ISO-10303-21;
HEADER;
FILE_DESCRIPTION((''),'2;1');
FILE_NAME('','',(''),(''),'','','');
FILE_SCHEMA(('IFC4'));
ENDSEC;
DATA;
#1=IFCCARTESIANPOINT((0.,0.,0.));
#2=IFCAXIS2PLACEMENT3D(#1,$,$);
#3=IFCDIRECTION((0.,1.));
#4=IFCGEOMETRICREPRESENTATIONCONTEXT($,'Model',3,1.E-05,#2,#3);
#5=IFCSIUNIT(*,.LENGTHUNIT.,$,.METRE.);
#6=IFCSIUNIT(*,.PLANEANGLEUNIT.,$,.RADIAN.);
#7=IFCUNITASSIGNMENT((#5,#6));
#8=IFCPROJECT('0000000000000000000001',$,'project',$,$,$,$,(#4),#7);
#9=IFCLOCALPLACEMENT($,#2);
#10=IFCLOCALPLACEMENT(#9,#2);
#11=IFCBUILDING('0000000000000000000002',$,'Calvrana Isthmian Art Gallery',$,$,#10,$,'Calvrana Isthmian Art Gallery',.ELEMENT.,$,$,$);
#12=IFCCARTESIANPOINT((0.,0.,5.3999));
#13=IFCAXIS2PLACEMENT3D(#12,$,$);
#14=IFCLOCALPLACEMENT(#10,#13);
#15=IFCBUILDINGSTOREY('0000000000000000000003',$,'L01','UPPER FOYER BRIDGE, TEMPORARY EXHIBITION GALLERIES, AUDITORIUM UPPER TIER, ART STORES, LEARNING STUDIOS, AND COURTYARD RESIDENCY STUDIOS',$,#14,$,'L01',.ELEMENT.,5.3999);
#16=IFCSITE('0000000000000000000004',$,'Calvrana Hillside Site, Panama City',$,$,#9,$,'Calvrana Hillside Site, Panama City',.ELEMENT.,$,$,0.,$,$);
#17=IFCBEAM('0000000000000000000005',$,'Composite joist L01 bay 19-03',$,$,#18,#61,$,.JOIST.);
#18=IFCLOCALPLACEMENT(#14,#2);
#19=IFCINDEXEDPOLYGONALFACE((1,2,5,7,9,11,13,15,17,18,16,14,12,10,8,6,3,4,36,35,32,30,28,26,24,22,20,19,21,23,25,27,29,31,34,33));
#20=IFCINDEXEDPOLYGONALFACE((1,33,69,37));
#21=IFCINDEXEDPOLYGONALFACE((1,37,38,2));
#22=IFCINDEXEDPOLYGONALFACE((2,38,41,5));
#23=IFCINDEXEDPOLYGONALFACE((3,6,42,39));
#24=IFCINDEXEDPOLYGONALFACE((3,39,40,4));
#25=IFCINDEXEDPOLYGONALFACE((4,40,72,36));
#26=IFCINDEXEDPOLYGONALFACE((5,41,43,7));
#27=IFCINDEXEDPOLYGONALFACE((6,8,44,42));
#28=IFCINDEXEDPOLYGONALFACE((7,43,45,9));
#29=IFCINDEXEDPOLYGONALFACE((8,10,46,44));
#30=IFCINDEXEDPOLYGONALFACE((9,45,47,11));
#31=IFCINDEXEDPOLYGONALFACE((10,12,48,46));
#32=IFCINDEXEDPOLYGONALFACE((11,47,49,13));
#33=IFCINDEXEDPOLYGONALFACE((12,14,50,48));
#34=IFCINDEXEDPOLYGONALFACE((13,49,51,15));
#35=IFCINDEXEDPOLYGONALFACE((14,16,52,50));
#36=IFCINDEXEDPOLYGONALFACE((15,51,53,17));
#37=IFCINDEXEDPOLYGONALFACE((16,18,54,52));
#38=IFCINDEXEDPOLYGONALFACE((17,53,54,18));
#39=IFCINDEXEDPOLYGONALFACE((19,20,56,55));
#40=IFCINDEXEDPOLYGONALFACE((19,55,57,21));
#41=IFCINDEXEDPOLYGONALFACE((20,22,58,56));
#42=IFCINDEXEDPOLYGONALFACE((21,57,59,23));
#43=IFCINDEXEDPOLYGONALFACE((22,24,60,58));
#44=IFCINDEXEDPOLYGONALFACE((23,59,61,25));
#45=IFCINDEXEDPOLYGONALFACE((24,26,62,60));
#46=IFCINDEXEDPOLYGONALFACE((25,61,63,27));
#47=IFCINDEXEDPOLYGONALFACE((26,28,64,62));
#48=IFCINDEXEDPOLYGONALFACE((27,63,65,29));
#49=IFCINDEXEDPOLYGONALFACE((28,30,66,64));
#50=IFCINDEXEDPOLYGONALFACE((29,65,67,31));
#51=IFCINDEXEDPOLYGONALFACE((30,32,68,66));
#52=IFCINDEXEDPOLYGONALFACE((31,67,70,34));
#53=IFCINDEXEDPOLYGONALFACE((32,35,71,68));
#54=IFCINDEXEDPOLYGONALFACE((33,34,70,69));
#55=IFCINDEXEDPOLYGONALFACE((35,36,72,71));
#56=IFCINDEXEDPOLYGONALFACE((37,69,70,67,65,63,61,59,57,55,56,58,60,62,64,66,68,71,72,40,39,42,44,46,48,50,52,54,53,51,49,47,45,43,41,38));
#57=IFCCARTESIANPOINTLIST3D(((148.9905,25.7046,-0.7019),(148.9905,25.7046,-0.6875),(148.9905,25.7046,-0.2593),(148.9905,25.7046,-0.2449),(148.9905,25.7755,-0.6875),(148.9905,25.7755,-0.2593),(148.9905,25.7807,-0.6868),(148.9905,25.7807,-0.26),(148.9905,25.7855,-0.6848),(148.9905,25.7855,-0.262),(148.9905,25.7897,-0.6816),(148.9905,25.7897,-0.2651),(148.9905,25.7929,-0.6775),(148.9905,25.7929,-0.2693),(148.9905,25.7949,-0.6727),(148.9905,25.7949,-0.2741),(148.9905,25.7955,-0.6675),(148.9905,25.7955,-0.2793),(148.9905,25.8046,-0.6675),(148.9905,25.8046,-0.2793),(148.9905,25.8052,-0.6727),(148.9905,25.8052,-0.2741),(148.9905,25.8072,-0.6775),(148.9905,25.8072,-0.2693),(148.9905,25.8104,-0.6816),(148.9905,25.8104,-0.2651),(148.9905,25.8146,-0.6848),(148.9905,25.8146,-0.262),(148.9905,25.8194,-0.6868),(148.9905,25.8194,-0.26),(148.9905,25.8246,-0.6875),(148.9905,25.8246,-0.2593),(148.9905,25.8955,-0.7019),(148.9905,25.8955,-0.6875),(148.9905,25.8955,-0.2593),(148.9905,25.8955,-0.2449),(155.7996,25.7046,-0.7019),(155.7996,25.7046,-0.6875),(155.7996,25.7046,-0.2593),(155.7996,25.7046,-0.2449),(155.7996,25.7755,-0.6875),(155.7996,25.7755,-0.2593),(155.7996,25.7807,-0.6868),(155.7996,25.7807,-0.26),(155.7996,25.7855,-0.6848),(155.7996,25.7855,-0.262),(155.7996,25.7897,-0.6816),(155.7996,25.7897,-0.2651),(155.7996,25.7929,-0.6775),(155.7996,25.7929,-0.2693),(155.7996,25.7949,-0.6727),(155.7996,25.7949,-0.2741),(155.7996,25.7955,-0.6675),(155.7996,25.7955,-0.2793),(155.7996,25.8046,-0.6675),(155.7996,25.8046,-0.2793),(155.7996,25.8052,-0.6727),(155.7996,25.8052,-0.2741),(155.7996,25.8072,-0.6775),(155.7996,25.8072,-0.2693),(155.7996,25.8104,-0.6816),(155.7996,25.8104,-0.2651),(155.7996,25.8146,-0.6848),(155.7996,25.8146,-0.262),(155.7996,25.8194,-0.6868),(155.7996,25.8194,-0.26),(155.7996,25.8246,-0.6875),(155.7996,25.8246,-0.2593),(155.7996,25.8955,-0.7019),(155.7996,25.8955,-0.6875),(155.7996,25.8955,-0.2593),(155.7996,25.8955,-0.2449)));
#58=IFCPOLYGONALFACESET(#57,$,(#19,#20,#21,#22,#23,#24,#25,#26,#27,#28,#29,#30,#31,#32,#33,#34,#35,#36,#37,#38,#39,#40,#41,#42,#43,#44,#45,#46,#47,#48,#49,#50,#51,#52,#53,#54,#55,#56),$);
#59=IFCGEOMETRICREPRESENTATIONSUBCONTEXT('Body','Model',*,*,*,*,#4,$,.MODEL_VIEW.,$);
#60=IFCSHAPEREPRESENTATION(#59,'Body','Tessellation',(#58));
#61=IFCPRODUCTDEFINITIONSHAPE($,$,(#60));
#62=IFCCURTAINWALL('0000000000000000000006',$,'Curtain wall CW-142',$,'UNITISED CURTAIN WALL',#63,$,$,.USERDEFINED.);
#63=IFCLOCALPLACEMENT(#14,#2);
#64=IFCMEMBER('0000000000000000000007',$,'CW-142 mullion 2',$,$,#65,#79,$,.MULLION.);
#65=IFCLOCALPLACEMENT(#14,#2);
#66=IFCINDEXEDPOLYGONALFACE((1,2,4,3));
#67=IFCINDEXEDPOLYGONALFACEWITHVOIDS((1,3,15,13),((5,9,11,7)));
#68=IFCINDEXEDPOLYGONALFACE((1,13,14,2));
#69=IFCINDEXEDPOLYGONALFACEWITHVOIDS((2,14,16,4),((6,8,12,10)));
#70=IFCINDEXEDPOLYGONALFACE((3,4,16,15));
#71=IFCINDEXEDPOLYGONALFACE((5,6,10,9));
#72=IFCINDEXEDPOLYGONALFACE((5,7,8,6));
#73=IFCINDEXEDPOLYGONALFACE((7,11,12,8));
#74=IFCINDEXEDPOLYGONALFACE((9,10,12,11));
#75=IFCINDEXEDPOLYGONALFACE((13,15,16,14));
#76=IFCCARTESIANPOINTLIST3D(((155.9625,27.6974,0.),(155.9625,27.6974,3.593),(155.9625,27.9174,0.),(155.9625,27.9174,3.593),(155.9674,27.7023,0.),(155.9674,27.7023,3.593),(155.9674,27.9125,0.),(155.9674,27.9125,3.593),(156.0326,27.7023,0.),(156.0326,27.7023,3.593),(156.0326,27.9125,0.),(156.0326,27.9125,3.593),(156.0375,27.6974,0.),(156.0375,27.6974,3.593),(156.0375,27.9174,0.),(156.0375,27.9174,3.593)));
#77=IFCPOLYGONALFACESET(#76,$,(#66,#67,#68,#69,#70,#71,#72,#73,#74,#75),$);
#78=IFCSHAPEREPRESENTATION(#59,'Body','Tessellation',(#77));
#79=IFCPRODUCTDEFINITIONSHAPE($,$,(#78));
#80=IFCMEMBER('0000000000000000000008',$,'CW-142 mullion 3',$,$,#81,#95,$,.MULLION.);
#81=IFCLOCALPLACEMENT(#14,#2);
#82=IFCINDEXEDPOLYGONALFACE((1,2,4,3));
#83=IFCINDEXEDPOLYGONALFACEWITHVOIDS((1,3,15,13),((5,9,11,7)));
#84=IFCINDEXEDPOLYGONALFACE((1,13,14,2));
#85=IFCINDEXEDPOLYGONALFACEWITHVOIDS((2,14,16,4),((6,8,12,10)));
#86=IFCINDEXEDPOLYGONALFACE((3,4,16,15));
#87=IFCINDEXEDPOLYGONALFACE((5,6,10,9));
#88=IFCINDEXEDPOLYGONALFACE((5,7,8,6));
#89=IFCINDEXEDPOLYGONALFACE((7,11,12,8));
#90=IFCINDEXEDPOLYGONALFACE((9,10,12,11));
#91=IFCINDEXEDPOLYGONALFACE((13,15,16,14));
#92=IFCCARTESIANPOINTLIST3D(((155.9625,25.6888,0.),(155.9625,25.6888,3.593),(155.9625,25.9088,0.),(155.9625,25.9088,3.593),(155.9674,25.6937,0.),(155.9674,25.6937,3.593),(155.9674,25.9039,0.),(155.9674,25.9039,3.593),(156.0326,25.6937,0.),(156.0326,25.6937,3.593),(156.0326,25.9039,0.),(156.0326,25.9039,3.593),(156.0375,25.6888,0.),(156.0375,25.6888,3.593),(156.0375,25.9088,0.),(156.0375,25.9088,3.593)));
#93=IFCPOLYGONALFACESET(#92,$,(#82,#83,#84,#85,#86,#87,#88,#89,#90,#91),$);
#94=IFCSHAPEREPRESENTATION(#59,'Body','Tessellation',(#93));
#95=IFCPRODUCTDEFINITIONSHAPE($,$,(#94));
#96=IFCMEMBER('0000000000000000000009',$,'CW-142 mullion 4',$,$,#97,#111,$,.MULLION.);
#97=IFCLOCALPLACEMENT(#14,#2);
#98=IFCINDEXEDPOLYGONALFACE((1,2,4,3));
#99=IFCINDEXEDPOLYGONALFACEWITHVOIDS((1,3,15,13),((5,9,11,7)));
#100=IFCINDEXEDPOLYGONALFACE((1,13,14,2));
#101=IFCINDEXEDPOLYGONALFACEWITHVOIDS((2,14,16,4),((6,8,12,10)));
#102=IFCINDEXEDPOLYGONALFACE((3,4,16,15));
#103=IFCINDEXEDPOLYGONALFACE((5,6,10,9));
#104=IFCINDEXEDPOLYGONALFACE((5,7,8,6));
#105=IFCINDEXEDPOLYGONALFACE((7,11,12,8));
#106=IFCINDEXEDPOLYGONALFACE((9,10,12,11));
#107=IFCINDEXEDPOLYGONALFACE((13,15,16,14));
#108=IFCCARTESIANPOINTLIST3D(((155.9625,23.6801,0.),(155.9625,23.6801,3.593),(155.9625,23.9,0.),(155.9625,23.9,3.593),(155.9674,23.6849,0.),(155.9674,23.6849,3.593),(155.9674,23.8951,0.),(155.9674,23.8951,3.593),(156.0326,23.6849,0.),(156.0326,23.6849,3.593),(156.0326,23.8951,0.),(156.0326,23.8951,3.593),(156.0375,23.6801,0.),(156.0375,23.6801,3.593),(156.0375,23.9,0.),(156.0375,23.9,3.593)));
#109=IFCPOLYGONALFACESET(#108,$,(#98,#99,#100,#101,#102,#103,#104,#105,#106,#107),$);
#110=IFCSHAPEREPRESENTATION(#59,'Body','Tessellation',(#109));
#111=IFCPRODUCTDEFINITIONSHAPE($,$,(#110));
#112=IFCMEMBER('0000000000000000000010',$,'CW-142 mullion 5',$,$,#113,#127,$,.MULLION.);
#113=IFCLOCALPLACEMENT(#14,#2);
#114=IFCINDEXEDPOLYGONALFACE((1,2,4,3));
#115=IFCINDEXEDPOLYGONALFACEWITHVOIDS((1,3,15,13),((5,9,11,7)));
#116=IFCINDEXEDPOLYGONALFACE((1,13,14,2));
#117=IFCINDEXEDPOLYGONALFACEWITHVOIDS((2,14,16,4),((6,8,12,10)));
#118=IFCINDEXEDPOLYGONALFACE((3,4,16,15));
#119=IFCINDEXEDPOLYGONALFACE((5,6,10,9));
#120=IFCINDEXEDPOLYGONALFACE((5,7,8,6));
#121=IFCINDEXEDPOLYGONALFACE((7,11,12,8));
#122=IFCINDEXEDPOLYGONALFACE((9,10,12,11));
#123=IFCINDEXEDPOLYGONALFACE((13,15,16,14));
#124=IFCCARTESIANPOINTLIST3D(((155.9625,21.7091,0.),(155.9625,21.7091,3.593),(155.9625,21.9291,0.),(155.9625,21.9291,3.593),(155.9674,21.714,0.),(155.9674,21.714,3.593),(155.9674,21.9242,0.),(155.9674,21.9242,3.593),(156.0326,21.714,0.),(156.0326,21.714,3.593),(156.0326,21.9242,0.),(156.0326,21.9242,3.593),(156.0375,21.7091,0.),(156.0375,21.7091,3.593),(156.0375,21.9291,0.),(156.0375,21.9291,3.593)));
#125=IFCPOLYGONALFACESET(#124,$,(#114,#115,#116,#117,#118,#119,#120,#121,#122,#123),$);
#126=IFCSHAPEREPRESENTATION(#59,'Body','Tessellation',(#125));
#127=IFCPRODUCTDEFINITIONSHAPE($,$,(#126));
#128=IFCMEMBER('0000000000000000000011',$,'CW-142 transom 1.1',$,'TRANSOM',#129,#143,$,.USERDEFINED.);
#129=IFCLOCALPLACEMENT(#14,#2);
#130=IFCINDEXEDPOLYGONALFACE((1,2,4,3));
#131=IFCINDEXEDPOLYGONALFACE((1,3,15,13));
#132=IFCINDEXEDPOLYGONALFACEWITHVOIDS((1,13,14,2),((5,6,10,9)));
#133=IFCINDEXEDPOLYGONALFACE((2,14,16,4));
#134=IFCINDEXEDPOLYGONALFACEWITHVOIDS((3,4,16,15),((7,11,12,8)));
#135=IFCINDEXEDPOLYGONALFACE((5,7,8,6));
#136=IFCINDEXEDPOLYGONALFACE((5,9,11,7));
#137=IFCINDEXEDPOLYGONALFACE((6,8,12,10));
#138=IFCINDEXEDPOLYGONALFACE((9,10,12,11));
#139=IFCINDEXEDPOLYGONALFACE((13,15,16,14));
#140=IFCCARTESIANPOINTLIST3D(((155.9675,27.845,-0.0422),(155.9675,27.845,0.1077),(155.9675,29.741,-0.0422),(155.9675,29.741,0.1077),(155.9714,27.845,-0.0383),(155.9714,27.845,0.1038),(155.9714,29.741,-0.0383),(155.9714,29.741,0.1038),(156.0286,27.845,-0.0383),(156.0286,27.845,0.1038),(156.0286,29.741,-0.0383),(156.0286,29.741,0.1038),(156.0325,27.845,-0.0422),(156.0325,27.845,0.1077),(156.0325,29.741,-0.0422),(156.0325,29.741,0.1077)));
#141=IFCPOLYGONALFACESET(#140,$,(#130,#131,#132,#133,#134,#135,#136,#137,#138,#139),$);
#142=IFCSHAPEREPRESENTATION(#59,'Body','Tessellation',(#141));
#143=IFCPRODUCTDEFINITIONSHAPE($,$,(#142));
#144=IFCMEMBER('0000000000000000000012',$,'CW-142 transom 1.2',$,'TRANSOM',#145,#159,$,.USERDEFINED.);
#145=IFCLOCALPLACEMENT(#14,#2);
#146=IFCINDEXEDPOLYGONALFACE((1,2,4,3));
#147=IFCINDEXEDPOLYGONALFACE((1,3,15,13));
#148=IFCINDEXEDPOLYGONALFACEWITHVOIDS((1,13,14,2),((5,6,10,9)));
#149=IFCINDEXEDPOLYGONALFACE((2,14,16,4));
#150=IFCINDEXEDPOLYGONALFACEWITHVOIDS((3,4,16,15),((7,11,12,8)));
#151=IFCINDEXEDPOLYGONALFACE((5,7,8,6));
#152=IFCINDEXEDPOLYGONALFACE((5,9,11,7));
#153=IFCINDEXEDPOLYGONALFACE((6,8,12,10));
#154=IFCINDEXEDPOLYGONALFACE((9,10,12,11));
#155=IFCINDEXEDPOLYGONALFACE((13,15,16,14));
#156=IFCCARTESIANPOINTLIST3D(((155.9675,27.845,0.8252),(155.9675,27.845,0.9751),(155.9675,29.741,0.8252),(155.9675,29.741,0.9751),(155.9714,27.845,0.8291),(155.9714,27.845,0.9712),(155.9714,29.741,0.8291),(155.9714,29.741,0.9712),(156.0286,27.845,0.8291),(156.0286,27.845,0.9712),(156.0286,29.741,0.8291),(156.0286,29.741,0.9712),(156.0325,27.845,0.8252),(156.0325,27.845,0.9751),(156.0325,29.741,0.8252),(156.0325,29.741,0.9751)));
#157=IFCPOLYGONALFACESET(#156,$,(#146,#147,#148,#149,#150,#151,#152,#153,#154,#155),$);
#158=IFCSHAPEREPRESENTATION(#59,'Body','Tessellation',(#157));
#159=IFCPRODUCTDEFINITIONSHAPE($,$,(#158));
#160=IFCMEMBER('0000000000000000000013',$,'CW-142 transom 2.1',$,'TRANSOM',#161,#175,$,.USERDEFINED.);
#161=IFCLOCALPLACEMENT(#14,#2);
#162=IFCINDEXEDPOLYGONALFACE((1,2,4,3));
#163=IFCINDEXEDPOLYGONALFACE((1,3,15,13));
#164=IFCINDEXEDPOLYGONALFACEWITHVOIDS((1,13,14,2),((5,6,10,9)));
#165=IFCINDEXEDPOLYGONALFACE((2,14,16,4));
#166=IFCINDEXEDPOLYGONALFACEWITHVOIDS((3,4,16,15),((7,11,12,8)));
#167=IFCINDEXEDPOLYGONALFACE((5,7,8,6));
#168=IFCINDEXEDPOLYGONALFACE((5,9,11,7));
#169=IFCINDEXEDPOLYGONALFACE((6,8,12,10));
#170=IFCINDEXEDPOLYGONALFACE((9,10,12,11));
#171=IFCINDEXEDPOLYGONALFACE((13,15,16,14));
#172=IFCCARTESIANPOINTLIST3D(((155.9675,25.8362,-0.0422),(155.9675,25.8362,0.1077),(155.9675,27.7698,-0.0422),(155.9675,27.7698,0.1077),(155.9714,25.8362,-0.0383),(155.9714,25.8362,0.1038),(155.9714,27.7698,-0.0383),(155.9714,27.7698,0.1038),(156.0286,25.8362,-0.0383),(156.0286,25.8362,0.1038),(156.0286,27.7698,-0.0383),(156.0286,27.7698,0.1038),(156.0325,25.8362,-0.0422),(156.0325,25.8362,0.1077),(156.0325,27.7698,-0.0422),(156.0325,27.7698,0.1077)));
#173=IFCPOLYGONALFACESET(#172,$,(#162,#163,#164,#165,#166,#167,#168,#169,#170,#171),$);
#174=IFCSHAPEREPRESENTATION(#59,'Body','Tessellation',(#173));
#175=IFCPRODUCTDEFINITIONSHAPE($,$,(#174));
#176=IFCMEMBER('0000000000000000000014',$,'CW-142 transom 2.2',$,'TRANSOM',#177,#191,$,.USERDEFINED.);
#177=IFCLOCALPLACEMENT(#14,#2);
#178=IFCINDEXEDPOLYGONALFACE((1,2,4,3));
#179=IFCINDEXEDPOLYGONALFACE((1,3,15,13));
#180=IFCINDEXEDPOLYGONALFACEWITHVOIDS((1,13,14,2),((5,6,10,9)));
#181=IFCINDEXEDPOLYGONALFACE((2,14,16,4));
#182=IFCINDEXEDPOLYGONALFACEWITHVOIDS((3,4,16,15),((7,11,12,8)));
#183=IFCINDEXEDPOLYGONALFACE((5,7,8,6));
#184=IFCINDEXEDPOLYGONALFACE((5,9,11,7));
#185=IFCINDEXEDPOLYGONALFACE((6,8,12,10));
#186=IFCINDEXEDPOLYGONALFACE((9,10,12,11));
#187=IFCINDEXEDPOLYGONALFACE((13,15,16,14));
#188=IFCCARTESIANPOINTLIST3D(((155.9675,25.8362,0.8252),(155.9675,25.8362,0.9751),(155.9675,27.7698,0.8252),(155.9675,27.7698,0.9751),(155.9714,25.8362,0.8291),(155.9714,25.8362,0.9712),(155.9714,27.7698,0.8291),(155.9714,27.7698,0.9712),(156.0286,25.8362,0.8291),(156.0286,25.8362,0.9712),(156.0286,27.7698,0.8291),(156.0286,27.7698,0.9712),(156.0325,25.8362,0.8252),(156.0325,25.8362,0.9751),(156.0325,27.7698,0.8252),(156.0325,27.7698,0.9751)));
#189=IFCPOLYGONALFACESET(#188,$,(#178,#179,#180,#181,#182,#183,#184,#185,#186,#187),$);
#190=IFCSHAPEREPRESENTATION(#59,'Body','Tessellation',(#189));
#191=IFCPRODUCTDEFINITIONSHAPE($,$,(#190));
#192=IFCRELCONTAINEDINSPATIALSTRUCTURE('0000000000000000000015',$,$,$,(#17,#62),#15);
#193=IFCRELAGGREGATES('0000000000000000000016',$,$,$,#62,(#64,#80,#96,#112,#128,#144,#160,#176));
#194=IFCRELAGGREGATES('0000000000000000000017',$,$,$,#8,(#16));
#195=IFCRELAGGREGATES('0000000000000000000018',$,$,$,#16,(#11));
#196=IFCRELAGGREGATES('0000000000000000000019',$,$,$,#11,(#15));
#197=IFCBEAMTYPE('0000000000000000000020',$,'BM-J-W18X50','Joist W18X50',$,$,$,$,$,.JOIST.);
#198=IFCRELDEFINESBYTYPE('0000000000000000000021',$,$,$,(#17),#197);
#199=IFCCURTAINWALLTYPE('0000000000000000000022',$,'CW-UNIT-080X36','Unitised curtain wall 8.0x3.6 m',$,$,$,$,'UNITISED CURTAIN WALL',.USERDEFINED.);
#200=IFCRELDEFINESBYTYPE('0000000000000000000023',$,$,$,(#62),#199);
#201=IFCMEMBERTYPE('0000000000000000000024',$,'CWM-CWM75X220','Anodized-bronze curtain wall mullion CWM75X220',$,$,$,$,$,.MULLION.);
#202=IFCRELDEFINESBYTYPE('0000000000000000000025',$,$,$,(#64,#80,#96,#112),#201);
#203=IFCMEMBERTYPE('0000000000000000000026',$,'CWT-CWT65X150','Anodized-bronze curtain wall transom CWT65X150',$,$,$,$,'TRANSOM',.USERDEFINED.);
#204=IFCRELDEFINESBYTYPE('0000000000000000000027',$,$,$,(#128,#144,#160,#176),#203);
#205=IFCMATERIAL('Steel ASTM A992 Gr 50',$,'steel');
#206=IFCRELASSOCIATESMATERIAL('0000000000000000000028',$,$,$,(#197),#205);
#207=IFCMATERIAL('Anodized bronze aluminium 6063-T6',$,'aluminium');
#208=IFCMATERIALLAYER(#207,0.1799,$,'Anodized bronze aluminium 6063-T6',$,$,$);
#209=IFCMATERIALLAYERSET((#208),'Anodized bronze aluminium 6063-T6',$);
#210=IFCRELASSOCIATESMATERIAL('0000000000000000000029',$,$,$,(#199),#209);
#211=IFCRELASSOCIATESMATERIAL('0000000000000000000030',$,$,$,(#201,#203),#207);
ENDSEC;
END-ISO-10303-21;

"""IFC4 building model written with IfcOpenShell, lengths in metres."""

from ifc_helpers import new_model, si_unit, direction, frame, origin, origin_2d, place, context, subcontext, project, spatial, hollow_rectangle, i_section, extrude, material, layer, layer_set, material_profile, profile_set, type_object, element, aggregate, save


model = new_model("IFC4")

# Units and contexts
model_context = context("Model", 3, precision=1e-05, world=origin(), true_north=direction((0.0, 1.0)))
body_context = subcontext(model_context, "Body", "Model", "MODEL_VIEW")
ifc_project = project(units=[si_unit("LENGTHUNIT", "METRE"), si_unit("PLANEANGLEUNIT", "RADIAN")], contexts=[model_context])

# Site, building, storey
site_placement = place(None, origin())
site = spatial("IfcSite", under=ifc_project, at=site_placement, Name="Calvrana Hillside Site, Panama City", LongName="Calvrana Hillside Site, Panama City", CompositionType="ELEMENT", RefElevation=0.0)
building_placement = place(site_placement, origin())
building = spatial("IfcBuilding", under=site, at=building_placement, Name="Calvrana Isthmian Art Gallery", LongName="Calvrana Isthmian Art Gallery", CompositionType="ELEMENT")
storey_placement = place(building_placement, frame((0.0, 0.0, 5.3999)))
storey = spatial("IfcBuildingStorey", under=building, at=storey_placement, Name="L01", Description="UPPER FOYER BRIDGE, TEMPORARY EXHIBITION GALLERIES, AUDITORIUM UPPER TIER, ART STORES, LEARNING STUDIOS, AND COURTYARD RESIDENCY STUDIOS", LongName="L01", CompositionType="ELEMENT", Elevation=5.3999)

# Beam
ifc_material_1 = material(Name="Steel ASTM A992 Gr 50", Category="steel")
ifc_material_profile_1 = material_profile(ifc_material_1, i_section(OverallWidth=0.1909, OverallDepth=0.457, WebThickness=0.009, FlangeThickness=0.0144, FilletRadius=0.02, at=origin_2d()), Name="W18X50")
ifc_profile_set_1 = profile_set([ifc_material_profile_1], Name="Steel ASTM A992 Gr 50")
beam_type = type_object("IfcBeamType", Name="BM-J-W18X50", Description="Joist W18X50", PredefinedType="JOIST", material=ifc_profile_set_1)
beam_placement = place(storey_placement, frame((148.9905, 25.8, -0.4734), z_axis=(1.0, 0.0, 0.0), x_axis=(0.0, 1.0, 0.0)))
element("IfcBeam", 1, at=beam_placement, inside=storey, type_object=beam_type, Name="Composite joist L01 bay 19-03", PredefinedType="JOIST", context=body_context, shape_type="SweptSolid", body=[
    extrude(i_section(OverallWidth=0.1909, OverallDepth=0.457, WebThickness=0.009, FlangeThickness=0.0144, FilletRadius=0.02, at=origin_2d()), origin(), (0.0, 0.0, 1.0), 6.8091),
])

# Curtain wall, members
ifc_material_2 = material(Name="Anodized bronze aluminium 6063-T6", Category="aluminium")
ifc_layer_1 = layer(ifc_material_2, 0.1799, Name="Anodized bronze aluminium 6063-T6")
ifc_layer_set_1 = layer_set([ifc_layer_1], Name="Anodized bronze aluminium 6063-T6")
curtain_wall_type = type_object("IfcCurtainWallType", Name="CW-UNIT-080X36", Description="Unitised curtain wall 8.0x3.6 m", ElementType="UNITISED CURTAIN WALL", PredefinedType="USERDEFINED", material=ifc_layer_set_1)
curtain_wall_placement = place(storey_placement, origin())
curtain_wall = element("IfcCurtainWall", 2, at=curtain_wall_placement, inside=storey, type_object=curtain_wall_type, Name="Curtain wall CW-142", ObjectType="UNITISED CURTAIN WALL", PredefinedType="USERDEFINED")
ifc_material_profile_2 = material_profile(ifc_material_2, hollow_rectangle(XDim=0.075, YDim=0.22, WallThickness=0.0049, at=origin_2d()), Name="CWM75X220")
ifc_profile_set_2 = profile_set([ifc_material_profile_2], Name="Anodized bronze aluminium 6063-T6")
member_type_1 = type_object("IfcMemberType", Name="CWM-CWM75X220", Description="Anodized-bronze curtain wall mullion CWM75X220", PredefinedType="MULLION", material=ifc_profile_set_2)
member_1_placement = place(storey_placement, frame((156.0, 27.8074, 0.0), z_axis=(0.0, 0.0, 1.0), x_axis=(1.0, 0.0, 0.0)))
member_1 = element("IfcMember", 3, at=member_1_placement, type_object=member_type_1, Name="CW-142 mullion 2", PredefinedType="MULLION", context=body_context, shape_type="SweptSolid", body=[
    extrude(hollow_rectangle(XDim=0.075, YDim=0.22, WallThickness=0.0049, at=origin_2d()), origin(), (0.0, 0.0, 1.0), 3.593),
])
member_2_placement = place(storey_placement, frame((156.0, 25.7988, 0.0), z_axis=(0.0, 0.0, 1.0), x_axis=(1.0, 0.0, 0.0)))
member_2 = element("IfcMember", 4, at=member_2_placement, type_object=member_type_1, Name="CW-142 mullion 3", PredefinedType="MULLION", context=body_context, shape_type="SweptSolid", body=[
    extrude(hollow_rectangle(XDim=0.075, YDim=0.22, WallThickness=0.0049, at=origin_2d()), origin(), (0.0, 0.0, 1.0), 3.593),
])
member_3_placement = place(storey_placement, frame((156.0, 23.79, 0.0), z_axis=(0.0, 0.0, 1.0), x_axis=(1.0, 0.0, 0.0)))
member_3 = element("IfcMember", 5, at=member_3_placement, type_object=member_type_1, Name="CW-142 mullion 4", PredefinedType="MULLION", context=body_context, shape_type="SweptSolid", body=[
    extrude(hollow_rectangle(XDim=0.075, YDim=0.22, WallThickness=0.0049, at=origin_2d()), origin(), (0.0, 0.0, 1.0), 3.593),
])
member_4_placement = place(storey_placement, frame((156.0, 21.8191, 0.0), z_axis=(0.0, 0.0, 1.0), x_axis=(1.0, 0.0, 0.0)))
member_4 = element("IfcMember", 6, at=member_4_placement, type_object=member_type_1, Name="CW-142 mullion 5", PredefinedType="MULLION", context=body_context, shape_type="SweptSolid", body=[
    extrude(hollow_rectangle(XDim=0.075, YDim=0.22, WallThickness=0.0049, at=origin_2d()), origin(), (0.0, 0.0, 1.0), 3.593),
])
ifc_material_profile_3 = material_profile(ifc_material_2, hollow_rectangle(XDim=0.0649, YDim=0.1499, WallThickness=0.0039, at=origin_2d()), Name="CWT65X150")
ifc_profile_set_3 = profile_set([ifc_material_profile_3], Name="Anodized bronze aluminium 6063-T6")
member_type_2 = type_object("IfcMemberType", Name="CWT-CWT65X150", Description="Anodized-bronze curtain wall transom CWT65X150", ElementType="TRANSOM", PredefinedType="USERDEFINED", material=ifc_profile_set_3)
member_5_placement = place(storey_placement, frame((156.0, 29.741, 0.0327), z_axis=(0.0, -1.0, 0.0), x_axis=(1.0, 0.0, 0.0)))
member_5 = element("IfcMember", 7, at=member_5_placement, type_object=member_type_2, Name="CW-142 transom 1.1", ObjectType="TRANSOM", PredefinedType="USERDEFINED", context=body_context, shape_type="SweptSolid", body=[
    extrude(hollow_rectangle(XDim=0.0649, YDim=0.1499, WallThickness=0.0039, at=origin_2d()), origin(), (0.0, 0.0, 1.0), 1.896),
])
member_6_placement = place(storey_placement, frame((156.0, 29.741, 0.9001), z_axis=(0.0, -1.0, 0.0), x_axis=(1.0, 0.0, 0.0)))
member_6 = element("IfcMember", 8, at=member_6_placement, type_object=member_type_2, Name="CW-142 transom 1.2", ObjectType="TRANSOM", PredefinedType="USERDEFINED", context=body_context, shape_type="SweptSolid", body=[
    extrude(hollow_rectangle(XDim=0.0649, YDim=0.1499, WallThickness=0.0039, at=origin_2d()), origin(), (0.0, 0.0, 1.0), 1.896),
])
member_7_placement = place(storey_placement, frame((156.0, 27.7698, 0.0327), z_axis=(0.0, -1.0, 0.0), x_axis=(1.0, 0.0, 0.0)))
member_7 = element("IfcMember", 9, at=member_7_placement, type_object=member_type_2, Name="CW-142 transom 2.1", ObjectType="TRANSOM", PredefinedType="USERDEFINED", context=body_context, shape_type="SweptSolid", body=[
    extrude(hollow_rectangle(XDim=0.0649, YDim=0.1499, WallThickness=0.0039, at=origin_2d()), origin(), (0.0, 0.0, 1.0), 1.9336),
])
member_8_placement = place(storey_placement, frame((156.0, 27.7698, 0.9001), z_axis=(0.0, -1.0, 0.0), x_axis=(1.0, 0.0, 0.0)))
member_8 = element("IfcMember", 10, at=member_8_placement, type_object=member_type_2, Name="CW-142 transom 2.2", ObjectType="TRANSOM", PredefinedType="USERDEFINED", context=body_context, shape_type="SweptSolid", body=[
    extrude(hollow_rectangle(XDim=0.0649, YDim=0.1499, WallThickness=0.0039, at=origin_2d()), origin(), (0.0, 0.0, 1.0), 1.9336),
])
aggregate(curtain_wall, [member_1, member_2, member_3, member_4, member_5, member_6, member_7, member_8])

save(model, "model.ifc")
